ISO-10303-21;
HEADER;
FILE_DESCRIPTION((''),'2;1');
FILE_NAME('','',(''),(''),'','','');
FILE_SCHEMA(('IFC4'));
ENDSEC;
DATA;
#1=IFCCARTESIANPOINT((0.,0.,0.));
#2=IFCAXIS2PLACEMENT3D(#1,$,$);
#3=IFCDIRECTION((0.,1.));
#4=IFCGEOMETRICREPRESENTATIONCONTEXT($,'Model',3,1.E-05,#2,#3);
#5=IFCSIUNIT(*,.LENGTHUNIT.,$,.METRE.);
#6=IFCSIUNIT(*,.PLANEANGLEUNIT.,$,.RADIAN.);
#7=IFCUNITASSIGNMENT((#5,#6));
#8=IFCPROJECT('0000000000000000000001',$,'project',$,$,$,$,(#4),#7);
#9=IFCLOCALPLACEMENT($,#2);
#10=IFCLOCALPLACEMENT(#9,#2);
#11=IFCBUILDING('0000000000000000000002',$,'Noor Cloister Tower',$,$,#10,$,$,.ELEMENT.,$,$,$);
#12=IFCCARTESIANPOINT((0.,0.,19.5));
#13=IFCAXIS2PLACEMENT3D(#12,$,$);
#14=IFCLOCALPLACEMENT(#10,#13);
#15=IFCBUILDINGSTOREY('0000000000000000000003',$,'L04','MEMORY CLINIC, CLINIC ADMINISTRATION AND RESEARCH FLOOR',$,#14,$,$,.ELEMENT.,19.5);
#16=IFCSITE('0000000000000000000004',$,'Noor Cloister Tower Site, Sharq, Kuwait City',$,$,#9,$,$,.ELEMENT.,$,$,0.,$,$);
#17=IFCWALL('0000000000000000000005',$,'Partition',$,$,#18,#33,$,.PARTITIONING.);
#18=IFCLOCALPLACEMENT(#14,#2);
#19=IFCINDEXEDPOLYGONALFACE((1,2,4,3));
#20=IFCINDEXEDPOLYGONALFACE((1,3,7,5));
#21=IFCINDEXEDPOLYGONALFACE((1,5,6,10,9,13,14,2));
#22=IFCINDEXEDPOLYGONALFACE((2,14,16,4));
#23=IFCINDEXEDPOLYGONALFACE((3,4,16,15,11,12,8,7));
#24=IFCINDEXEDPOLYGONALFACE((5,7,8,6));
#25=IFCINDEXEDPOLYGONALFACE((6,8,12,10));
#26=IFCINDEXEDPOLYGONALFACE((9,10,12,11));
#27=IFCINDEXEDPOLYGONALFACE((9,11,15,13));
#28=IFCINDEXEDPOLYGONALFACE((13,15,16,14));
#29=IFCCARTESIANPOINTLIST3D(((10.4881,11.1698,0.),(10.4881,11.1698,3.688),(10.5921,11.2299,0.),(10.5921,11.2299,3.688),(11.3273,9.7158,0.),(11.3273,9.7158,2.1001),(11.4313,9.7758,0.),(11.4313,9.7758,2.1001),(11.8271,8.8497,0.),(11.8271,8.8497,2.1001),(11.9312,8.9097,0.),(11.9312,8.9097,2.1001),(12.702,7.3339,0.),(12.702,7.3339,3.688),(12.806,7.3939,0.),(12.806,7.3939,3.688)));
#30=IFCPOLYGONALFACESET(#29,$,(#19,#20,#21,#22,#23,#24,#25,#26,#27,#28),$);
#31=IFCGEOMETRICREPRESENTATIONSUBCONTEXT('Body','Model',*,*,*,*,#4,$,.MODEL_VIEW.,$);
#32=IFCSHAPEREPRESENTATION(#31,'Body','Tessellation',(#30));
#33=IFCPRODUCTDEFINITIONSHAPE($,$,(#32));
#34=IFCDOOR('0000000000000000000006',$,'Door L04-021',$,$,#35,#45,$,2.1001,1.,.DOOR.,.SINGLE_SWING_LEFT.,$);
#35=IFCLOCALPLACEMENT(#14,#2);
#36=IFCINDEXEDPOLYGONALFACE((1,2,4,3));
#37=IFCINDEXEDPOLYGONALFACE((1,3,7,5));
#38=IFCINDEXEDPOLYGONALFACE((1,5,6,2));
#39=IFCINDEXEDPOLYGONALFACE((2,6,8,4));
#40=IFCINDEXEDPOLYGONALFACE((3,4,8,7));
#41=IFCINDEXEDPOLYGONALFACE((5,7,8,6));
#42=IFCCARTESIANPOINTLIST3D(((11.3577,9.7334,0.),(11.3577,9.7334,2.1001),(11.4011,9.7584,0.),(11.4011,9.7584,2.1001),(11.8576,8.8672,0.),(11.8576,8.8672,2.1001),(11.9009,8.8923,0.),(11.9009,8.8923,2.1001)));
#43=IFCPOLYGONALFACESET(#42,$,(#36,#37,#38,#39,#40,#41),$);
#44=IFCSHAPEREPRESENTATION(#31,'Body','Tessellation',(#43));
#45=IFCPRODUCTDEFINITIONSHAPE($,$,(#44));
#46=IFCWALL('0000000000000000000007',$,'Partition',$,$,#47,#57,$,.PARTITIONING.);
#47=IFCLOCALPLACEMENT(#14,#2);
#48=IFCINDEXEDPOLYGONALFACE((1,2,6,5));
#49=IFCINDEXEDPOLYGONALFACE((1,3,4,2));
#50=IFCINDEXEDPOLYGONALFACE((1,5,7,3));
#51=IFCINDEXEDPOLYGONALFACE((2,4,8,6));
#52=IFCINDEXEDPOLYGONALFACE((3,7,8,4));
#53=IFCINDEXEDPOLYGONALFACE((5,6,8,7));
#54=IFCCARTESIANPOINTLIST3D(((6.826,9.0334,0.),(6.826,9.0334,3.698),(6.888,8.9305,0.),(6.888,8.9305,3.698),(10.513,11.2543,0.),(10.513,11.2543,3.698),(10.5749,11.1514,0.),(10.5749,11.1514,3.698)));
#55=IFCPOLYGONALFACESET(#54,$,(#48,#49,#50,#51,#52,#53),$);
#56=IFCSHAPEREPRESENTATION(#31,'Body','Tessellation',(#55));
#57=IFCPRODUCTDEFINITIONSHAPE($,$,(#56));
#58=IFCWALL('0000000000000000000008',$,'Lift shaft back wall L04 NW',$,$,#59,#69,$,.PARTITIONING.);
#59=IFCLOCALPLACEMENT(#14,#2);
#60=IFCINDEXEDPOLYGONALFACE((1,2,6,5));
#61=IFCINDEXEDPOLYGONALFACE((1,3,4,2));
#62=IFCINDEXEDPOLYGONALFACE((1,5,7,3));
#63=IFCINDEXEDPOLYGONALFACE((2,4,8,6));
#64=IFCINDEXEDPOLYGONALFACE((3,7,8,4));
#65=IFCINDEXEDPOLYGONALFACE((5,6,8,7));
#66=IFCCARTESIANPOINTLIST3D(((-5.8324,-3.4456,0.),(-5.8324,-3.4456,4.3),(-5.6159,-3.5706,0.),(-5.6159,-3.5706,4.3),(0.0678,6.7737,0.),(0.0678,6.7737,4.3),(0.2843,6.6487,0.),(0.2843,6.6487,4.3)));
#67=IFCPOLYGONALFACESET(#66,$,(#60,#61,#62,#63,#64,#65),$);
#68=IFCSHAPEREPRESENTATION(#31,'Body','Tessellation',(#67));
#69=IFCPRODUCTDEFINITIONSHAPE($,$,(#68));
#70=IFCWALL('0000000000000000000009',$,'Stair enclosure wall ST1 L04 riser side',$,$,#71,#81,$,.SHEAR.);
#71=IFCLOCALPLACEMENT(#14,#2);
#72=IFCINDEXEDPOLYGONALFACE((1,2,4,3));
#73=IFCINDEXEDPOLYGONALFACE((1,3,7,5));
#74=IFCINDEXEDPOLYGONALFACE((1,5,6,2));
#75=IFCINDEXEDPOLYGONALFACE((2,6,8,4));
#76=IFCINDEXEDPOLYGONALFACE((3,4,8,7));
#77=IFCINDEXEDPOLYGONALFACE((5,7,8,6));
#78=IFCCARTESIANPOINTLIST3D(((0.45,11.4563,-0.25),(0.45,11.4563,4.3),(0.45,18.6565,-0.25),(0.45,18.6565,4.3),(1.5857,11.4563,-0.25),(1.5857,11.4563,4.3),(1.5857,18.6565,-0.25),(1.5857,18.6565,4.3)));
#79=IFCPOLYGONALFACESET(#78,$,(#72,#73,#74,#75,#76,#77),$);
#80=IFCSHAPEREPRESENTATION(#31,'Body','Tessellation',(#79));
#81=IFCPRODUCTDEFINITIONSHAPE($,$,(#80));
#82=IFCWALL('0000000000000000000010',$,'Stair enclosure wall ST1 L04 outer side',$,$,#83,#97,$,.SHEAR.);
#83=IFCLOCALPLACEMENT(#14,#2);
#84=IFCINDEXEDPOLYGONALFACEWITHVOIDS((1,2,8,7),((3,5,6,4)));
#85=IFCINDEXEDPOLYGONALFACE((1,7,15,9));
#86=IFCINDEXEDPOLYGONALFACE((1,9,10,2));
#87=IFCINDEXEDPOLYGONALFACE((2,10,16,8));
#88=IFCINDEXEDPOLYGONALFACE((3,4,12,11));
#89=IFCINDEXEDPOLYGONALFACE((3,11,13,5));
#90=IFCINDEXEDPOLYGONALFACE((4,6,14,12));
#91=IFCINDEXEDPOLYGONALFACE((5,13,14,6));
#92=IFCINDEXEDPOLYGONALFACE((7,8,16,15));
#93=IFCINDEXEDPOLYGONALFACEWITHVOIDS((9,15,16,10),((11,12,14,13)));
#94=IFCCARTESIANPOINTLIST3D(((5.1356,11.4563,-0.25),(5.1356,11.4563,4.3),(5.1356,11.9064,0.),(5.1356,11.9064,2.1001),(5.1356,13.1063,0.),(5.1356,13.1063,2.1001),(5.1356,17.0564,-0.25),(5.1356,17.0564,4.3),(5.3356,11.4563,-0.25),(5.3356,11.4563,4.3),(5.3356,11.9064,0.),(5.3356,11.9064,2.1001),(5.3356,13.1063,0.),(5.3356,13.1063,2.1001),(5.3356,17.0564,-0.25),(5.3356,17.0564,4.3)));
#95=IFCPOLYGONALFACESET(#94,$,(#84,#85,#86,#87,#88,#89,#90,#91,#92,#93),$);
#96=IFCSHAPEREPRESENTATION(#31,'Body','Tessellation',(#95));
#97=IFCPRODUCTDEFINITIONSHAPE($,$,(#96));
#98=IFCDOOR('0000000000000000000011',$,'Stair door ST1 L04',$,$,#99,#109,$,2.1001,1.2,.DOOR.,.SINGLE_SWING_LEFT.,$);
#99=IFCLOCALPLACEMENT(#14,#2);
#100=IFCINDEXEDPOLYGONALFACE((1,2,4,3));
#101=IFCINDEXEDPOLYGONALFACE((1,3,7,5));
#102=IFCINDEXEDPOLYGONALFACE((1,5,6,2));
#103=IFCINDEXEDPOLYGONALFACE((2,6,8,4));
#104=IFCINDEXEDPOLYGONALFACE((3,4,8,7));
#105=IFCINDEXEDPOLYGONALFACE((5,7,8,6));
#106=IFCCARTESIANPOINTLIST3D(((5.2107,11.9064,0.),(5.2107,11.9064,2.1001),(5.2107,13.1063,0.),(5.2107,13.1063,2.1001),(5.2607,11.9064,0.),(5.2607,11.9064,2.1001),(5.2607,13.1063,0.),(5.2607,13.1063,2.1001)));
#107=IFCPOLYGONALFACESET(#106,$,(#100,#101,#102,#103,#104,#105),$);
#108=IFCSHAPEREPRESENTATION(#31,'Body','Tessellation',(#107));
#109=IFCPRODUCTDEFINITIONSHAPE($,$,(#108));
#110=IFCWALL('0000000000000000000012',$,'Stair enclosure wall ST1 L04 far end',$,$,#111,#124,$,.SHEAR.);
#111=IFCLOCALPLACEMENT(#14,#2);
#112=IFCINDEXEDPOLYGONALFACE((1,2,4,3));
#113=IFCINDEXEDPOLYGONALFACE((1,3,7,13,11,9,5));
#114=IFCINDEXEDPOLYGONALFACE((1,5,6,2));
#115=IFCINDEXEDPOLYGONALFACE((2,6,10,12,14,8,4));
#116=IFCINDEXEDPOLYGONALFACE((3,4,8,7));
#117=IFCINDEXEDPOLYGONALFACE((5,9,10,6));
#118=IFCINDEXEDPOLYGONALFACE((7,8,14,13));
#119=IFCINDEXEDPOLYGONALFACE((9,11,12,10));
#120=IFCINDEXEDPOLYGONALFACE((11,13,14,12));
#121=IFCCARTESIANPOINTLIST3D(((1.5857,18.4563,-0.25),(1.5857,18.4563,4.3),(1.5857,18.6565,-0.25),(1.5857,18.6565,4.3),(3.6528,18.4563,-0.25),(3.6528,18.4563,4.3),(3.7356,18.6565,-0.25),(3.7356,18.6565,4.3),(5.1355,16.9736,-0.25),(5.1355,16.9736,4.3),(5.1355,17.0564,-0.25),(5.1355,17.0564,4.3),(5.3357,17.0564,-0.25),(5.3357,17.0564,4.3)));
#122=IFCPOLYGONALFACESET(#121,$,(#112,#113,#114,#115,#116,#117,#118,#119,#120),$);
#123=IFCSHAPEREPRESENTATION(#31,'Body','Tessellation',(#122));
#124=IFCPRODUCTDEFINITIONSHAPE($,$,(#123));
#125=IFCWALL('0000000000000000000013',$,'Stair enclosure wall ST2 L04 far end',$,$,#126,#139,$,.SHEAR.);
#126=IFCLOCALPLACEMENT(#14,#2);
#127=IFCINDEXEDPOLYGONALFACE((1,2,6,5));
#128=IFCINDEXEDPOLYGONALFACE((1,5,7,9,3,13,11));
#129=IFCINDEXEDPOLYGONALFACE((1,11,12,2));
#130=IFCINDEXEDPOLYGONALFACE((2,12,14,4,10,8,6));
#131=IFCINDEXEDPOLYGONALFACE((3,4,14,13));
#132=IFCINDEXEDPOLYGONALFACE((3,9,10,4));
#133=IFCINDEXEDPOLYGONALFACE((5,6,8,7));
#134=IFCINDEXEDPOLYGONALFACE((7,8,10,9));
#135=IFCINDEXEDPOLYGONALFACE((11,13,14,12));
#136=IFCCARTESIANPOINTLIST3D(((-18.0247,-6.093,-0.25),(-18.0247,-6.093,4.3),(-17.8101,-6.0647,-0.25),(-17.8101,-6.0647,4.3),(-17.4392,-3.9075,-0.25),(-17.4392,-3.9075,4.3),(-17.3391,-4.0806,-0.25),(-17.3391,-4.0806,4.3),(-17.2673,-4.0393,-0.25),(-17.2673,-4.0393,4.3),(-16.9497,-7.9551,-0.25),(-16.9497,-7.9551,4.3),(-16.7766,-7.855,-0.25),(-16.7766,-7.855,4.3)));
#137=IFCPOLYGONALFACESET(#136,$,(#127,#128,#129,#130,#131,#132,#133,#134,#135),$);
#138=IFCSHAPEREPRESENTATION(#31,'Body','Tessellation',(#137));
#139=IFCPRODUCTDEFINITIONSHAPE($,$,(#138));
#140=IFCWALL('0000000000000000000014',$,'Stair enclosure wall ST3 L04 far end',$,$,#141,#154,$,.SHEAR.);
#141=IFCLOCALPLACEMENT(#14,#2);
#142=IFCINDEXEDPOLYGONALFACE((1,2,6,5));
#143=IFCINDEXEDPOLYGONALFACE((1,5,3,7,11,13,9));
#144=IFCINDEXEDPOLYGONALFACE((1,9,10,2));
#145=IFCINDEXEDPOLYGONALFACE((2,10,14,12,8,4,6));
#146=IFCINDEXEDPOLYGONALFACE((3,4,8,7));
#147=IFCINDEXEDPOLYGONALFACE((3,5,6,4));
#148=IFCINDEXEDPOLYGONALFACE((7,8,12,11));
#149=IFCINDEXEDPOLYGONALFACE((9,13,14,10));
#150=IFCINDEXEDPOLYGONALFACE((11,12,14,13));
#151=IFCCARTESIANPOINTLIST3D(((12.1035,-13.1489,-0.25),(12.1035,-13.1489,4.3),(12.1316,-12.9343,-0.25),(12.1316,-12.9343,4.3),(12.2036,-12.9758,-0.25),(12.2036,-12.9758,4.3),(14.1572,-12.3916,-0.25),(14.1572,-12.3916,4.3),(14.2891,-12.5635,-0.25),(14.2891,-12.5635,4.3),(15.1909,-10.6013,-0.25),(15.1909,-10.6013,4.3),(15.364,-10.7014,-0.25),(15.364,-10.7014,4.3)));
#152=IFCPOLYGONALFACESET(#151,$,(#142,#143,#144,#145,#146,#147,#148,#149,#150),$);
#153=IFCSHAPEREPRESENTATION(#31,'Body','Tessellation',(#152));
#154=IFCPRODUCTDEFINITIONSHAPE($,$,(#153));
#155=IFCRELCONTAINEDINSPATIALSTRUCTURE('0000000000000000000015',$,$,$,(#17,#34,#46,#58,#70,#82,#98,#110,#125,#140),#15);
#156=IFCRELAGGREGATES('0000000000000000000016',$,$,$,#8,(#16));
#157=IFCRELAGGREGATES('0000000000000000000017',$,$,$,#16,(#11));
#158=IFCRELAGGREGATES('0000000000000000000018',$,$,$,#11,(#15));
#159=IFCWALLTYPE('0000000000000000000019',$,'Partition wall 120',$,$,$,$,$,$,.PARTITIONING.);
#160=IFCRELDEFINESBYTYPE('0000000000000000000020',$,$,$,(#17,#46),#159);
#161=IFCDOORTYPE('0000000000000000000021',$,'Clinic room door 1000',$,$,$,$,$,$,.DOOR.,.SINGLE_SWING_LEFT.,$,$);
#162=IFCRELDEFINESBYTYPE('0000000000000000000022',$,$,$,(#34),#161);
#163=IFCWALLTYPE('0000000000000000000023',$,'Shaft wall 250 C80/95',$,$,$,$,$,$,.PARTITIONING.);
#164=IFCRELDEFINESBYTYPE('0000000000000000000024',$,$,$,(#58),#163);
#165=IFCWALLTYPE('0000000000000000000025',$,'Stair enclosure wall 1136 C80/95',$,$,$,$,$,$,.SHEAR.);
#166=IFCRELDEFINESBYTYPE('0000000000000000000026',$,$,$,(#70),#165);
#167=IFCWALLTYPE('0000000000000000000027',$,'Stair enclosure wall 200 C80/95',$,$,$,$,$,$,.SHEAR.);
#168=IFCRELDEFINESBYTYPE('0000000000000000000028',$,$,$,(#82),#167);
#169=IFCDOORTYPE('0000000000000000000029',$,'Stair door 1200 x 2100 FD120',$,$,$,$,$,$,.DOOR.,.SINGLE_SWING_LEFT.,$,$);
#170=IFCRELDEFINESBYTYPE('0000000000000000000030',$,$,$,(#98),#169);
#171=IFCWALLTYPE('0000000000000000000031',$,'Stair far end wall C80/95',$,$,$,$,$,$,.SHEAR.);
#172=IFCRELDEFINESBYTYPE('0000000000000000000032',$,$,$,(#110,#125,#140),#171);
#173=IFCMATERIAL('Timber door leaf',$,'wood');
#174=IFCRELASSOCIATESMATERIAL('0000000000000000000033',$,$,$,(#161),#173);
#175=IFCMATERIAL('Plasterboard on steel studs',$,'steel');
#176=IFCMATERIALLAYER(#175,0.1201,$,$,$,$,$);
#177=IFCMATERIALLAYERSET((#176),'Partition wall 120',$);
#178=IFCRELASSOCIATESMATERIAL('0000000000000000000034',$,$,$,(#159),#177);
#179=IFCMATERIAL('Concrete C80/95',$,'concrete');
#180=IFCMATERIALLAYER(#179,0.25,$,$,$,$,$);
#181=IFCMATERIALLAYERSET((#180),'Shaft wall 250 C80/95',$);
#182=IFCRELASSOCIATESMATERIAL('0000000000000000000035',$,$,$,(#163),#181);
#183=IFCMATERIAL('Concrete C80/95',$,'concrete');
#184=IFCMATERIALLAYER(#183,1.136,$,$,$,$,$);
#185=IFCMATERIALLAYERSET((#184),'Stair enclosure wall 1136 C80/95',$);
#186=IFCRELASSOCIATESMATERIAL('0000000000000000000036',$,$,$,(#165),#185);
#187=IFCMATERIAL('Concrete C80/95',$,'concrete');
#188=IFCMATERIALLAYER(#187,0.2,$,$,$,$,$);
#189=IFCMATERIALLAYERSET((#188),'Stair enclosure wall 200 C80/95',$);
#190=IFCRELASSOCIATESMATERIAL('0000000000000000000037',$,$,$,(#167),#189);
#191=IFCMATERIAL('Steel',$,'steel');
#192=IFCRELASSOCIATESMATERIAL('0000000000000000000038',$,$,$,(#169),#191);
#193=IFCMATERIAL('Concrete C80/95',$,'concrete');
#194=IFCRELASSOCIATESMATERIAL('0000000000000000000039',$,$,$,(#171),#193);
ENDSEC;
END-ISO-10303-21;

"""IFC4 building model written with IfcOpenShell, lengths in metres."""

from ifc_helpers import new_model, si_unit, direction, frame, frame_2d, origin, place, context, subcontext, project, spatial, polyline, rectangle, outline, extrude, material, layer, layer_set, type_object, element, fill, save


model = new_model("IFC4")

# Units and contexts
model_context = context("Model", 3, precision=1e-05, world=origin(), true_north=direction((0.0, 1.0)))
body_context = subcontext(model_context, "Body", "Model", "MODEL_VIEW")
ifc_project = project(units=[si_unit("LENGTHUNIT", "METRE"), si_unit("PLANEANGLEUNIT", "RADIAN")], contexts=[model_context])

# Site, building, storey
site_placement = place(None, origin())
site = spatial("IfcSite", under=ifc_project, at=site_placement, Name="Noor Cloister Tower Site, Sharq, Kuwait City", CompositionType="ELEMENT", RefElevation=0.0)
building_placement = place(site_placement, origin())
building = spatial("IfcBuilding", under=site, at=building_placement, Name="Noor Cloister Tower", CompositionType="ELEMENT")
storey_placement = place(building_placement, frame((0.0, 0.0, 19.5)))
storey = spatial("IfcBuildingStorey", under=building, at=storey_placement, Name="L04", Description="MEMORY CLINIC, CLINIC ADMINISTRATION AND RESEARCH FLOOR", CompositionType="ELEMENT", Elevation=19.5)

# Shared definitions
ifc_material_1 = material(Name="Timber door leaf", Category="wood")
door_type_1 = type_object("IfcDoorType", Name="Clinic room door 1000", OperationType="SINGLE_SWING_LEFT", PredefinedType="DOOR", material=ifc_material_1)

# Shared definitions
ifc_material_2 = material(Name="Plasterboard on steel studs", Category="steel")
ifc_layer_1 = layer(ifc_material_2, 0.1201)
ifc_layer_set_1 = layer_set([ifc_layer_1], Name="Partition wall 120")
wall_type_1 = type_object("IfcWallType", Name="Partition wall 120", PredefinedType="PARTITIONING", material=ifc_layer_set_1)

# Wall, opening, door
wall_1_placement = place(storey_placement, frame((12.7539, 7.364, 0.0), z_axis=(0.0, 0.0, 1.0), x_axis=(-0.499862, 0.866105, 0.0)))
wall_1 = element("IfcWall", 1, at=wall_1_placement, inside=storey, type_object=wall_type_1, Name="Partition", PredefinedType="PARTITIONING", context=body_context, shape_type="SweptSolid", body=[
    extrude(rectangle(XDim=4.429, YDim=0.1201, at=frame_2d((2.2144, 0.0))), origin(), (0.0, 0.0, 1.0), 3.688),
])
opening_1_placement = place(wall_1_placement, frame((1.75, 0.0, 0.0)))
opening_1 = element("IfcOpeningElement", 2, at=opening_1_placement, cuts=wall_1, PredefinedType="OPENING", context=body_context, shape_type="SweptSolid", body=[
    extrude(rectangle(XDim=1.0, YDim=2.1001, at=frame_2d((0.5, 1.05))), frame((0.0, 0.0701, 0.0), z_axis=(0.0, -1.0, 0.0), x_axis=(1.0, 0.0, 0.0)), (0.0, 0.0, 1.0), 0.1401),
])
door_1_placement = place(opening_1_placement, origin())
door_1 = element("IfcDoor", 3, at=door_1_placement, inside=storey, type_object=door_type_1, Name="Door L04-021", OperationType="SINGLE_SWING_LEFT", OverallHeight=2.1001, OverallWidth=1.0, PredefinedType="DOOR", context=body_context, shape_type="SweptSolid", body=[
    extrude(rectangle(XDim=1.0, YDim=2.1001, at=frame_2d((0.5, 1.05))), frame((0.0, 0.0249, 0.0), z_axis=(0.0, -1.0, 0.0), x_axis=(1.0, 0.0, 0.0)), (0.0, 0.0, 1.0), 0.05),
])
fill(opening_1, door_1)

# Walls
wall_2_placement = place(storey_placement, frame((10.5439, 11.2029, 0.0), z_axis=(0.0, 0.0, 1.0), x_axis=(-0.856596, -0.515988, 0.0)))
element("IfcWall", 4, at=wall_2_placement, inside=storey, type_object=wall_type_1, Name="Partition", PredefinedType="PARTITIONING", context=body_context, shape_type="SweptSolid", body=[
    extrude(rectangle(XDim=4.3042, YDim=0.1201, at=frame_2d((2.1521, 0.0))), origin(), (0.0, 0.0, 1.0), 3.698),
])
ifc_material_3 = material(Name="Concrete C80/95", Category="concrete")
ifc_layer_2 = layer(ifc_material_3, 0.25)
ifc_layer_set_2 = layer_set([ifc_layer_2], Name="Shaft wall 250 C80/95")
wall_type_2 = type_object("IfcWallType", Name="Shaft wall 250 C80/95", PredefinedType="PARTITIONING", material=ifc_layer_set_2)
wall_3_placement = place(storey_placement, frame((0.176, 6.7112, 0.0), z_axis=(0.0, 0.0, 1.0), x_axis=(-0.500004, -0.866023, 0.0)))
element("IfcWall", 5, at=wall_3_placement, inside=storey, type_object=wall_type_2, Name="Lift shaft back wall L04 NW", PredefinedType="PARTITIONING", context=body_context, shape_type="SweptSolid", body=[
    extrude(rectangle(XDim=11.8003, YDim=0.25, at=frame_2d((5.9001, 0.0))), origin(), (0.0, 0.0, 1.0), 4.3),
])
ifc_material_4 = material(Name="Concrete C80/95", Category="concrete")
ifc_layer_3 = layer(ifc_material_4, 1.136)
ifc_layer_set_3 = layer_set([ifc_layer_3], Name="Stair enclosure wall 1136 C80/95")
wall_type_3 = type_object("IfcWallType", Name="Stair enclosure wall 1136 C80/95", PredefinedType="SHEAR", material=ifc_layer_set_3)
wall_4_placement = place(storey_placement, frame((1.0178, 11.4563, -0.25), z_axis=(0.0, 0.0, 1.0), x_axis=(0.0, 1.0, 0.0)))
element("IfcWall", 6, at=wall_4_placement, inside=storey, type_object=wall_type_3, Name="Stair enclosure wall ST1 L04 riser side", PredefinedType="SHEAR", context=body_context, shape_type="SweptSolid", body=[
    extrude(rectangle(XDim=7.2002, YDim=1.1357, at=frame_2d((3.6001, 0.0))), origin(), (0.0, 0.0, 1.0), 4.55),
])

# Wall, opening, door
ifc_material_5 = material(Name="Concrete C80/95", Category="concrete")
ifc_layer_4 = layer(ifc_material_5, 0.2)
ifc_layer_set_4 = layer_set([ifc_layer_4], Name="Stair enclosure wall 200 C80/95")
wall_type_4 = type_object("IfcWallType", Name="Stair enclosure wall 200 C80/95", PredefinedType="SHEAR", material=ifc_layer_set_4)
wall_5_placement = place(storey_placement, frame((5.2356, 11.4563, -0.25), z_axis=(0.0, 0.0, 1.0), x_axis=(0.0, 1.0, 0.0)))
wall_5 = element("IfcWall", 7, at=wall_5_placement, inside=storey, type_object=wall_type_4, Name="Stair enclosure wall ST1 L04 outer side", PredefinedType="SHEAR", context=body_context, shape_type="SweptSolid", body=[
    extrude(rectangle(XDim=5.6001, YDim=0.2, at=frame_2d((2.8, 0.0))), origin(), (0.0, 0.0, 1.0), 4.55),
])
opening_2_placement = place(wall_5_placement, frame((0.45, 0.0, 0.25)))
opening_2 = element("IfcOpeningElement", 8, at=opening_2_placement, cuts=wall_5, PredefinedType="OPENING", context=body_context, shape_type="SweptSolid", body=[
    extrude(rectangle(XDim=1.2, YDim=2.1001, at=frame_2d((0.6001, 1.05))), frame((0.0, 0.1099, 0.0), z_axis=(0.0, -1.0, 0.0), x_axis=(1.0, 0.0, 0.0)), (0.0, 0.0, 1.0), 0.22),
])
ifc_material_6 = material(Name="Steel", Category="steel")
door_type_2 = type_object("IfcDoorType", Name="Stair door 1200 x 2100 FD120", OperationType="SINGLE_SWING_LEFT", PredefinedType="DOOR", material=ifc_material_6)
door_2_placement = place(opening_2_placement, origin())
door_2 = element("IfcDoor", 9, at=door_2_placement, inside=storey, type_object=door_type_2, Name="Stair door ST1 L04", OperationType="SINGLE_SWING_LEFT", OverallHeight=2.1001, OverallWidth=1.2, PredefinedType="DOOR", context=body_context, shape_type="SweptSolid", body=[
    extrude(rectangle(XDim=1.2, YDim=2.1001, at=frame_2d((0.6001, 1.05))), frame((0.0, 0.0249, 0.0), z_axis=(0.0, -1.0, 0.0), x_axis=(1.0, 0.0, 0.0)), (0.0, 0.0, 1.0), 0.05),
])
fill(opening_2, door_2)

# Walls
ifc_material_7 = material(Name="Concrete C80/95", Category="concrete")
wall_type_5 = type_object("IfcWallType", Name="Stair far end wall C80/95", PredefinedType="SHEAR", material=ifc_material_7)
wall_6_placement = place(storey_placement, frame((0.0, 0.0, -0.25)))
element("IfcWall", 10, at=wall_6_placement, inside=storey, type_object=wall_type_5, Name="Stair enclosure wall ST1 L04 far end", PredefinedType="SHEAR", context=body_context, shape_type="SweptSolid", body=[
    extrude(outline(polyline([(5.3357, 17.0564), (3.7356, 18.6565), (1.5857, 18.6565), (1.5857, 18.4563), (3.6528, 18.4563), (5.1355, 16.9736), (5.1355, 17.0564), (5.1355, 17.0564), (5.1355, 17.0564), (5.1355, 17.0564), (5.1355, 17.0564), (5.1355, 17.0564), (5.1355, 17.0564), (5.1355, 17.0564), (5.1355, 17.0564), (5.1355, 17.0564), (5.1355, 17.0564), (5.1355, 17.0564), (5.1355, 17.0564), (5.1355, 17.0564), (5.1355, 17.0564), (5.1355, 17.0564), (5.1355, 17.0564), (5.3357, 17.0564)])), origin(), (0.0, 0.0, 1.0), 4.55),
])
wall_7_placement = place(storey_placement, frame((0.0, 0.0, -0.25)))
element("IfcWall", 11, at=wall_7_placement, inside=storey, type_object=wall_type_5, Name="Stair enclosure wall ST2 L04 far end", PredefinedType="SHEAR", context=body_context, shape_type="SweptSolid", body=[
    extrude(outline(polyline([(-17.4392, -3.9075), (-18.0247, -6.093), (-16.9497, -7.9551), (-16.7766, -7.855), (-17.8101, -6.0647), (-17.2673, -4.0393), (-17.3391, -4.0806), (-17.3391, -4.0806), (-17.3391, -4.0806), (-17.3391, -4.0806), (-17.3391, -4.0806), (-17.3391, -4.0806), (-17.3391, -4.0806), (-17.3391, -4.0806), (-17.3391, -4.0806), (-17.3391, -4.0806), (-17.3391, -4.0806), (-17.3391, -4.0806), (-17.3391, -4.0806), (-17.3391, -4.0806), (-17.3391, -4.0806), (-17.3391, -4.0806), (-17.3391, -4.0806), (-17.4392, -3.9075)])), origin(), (0.0, 0.0, 1.0), 4.55),
])
wall_8_placement = place(storey_placement, frame((0.0, 0.0, -0.25)))
element("IfcWall", 12, at=wall_8_placement, inside=storey, type_object=wall_type_5, Name="Stair enclosure wall ST3 L04 far end", PredefinedType="SHEAR", context=body_context, shape_type="SweptSolid", body=[
    extrude(outline(polyline([(12.1035, -13.1489), (14.2891, -12.5635), (15.364, -10.7014), (15.1909, -10.6013), (14.1572, -12.3916), (12.1316, -12.9343), (12.2036, -12.9758), (12.2036, -12.9758), (12.2036, -12.9758), (12.2036, -12.9758), (12.2036, -12.9758), (12.2036, -12.9758), (12.2036, -12.9758), (12.2036, -12.9758), (12.2036, -12.9758), (12.2036, -12.9758), (12.2036, -12.9758), (12.2036, -12.9758), (12.2036, -12.9758), (12.2036, -12.9758), (12.2036, -12.9758), (12.2036, -12.9758), (12.2036, -12.9758), (12.1035, -13.1489)])), origin(), (0.0, 0.0, 1.0), 4.55),
])

save(model, "model.ifc")
